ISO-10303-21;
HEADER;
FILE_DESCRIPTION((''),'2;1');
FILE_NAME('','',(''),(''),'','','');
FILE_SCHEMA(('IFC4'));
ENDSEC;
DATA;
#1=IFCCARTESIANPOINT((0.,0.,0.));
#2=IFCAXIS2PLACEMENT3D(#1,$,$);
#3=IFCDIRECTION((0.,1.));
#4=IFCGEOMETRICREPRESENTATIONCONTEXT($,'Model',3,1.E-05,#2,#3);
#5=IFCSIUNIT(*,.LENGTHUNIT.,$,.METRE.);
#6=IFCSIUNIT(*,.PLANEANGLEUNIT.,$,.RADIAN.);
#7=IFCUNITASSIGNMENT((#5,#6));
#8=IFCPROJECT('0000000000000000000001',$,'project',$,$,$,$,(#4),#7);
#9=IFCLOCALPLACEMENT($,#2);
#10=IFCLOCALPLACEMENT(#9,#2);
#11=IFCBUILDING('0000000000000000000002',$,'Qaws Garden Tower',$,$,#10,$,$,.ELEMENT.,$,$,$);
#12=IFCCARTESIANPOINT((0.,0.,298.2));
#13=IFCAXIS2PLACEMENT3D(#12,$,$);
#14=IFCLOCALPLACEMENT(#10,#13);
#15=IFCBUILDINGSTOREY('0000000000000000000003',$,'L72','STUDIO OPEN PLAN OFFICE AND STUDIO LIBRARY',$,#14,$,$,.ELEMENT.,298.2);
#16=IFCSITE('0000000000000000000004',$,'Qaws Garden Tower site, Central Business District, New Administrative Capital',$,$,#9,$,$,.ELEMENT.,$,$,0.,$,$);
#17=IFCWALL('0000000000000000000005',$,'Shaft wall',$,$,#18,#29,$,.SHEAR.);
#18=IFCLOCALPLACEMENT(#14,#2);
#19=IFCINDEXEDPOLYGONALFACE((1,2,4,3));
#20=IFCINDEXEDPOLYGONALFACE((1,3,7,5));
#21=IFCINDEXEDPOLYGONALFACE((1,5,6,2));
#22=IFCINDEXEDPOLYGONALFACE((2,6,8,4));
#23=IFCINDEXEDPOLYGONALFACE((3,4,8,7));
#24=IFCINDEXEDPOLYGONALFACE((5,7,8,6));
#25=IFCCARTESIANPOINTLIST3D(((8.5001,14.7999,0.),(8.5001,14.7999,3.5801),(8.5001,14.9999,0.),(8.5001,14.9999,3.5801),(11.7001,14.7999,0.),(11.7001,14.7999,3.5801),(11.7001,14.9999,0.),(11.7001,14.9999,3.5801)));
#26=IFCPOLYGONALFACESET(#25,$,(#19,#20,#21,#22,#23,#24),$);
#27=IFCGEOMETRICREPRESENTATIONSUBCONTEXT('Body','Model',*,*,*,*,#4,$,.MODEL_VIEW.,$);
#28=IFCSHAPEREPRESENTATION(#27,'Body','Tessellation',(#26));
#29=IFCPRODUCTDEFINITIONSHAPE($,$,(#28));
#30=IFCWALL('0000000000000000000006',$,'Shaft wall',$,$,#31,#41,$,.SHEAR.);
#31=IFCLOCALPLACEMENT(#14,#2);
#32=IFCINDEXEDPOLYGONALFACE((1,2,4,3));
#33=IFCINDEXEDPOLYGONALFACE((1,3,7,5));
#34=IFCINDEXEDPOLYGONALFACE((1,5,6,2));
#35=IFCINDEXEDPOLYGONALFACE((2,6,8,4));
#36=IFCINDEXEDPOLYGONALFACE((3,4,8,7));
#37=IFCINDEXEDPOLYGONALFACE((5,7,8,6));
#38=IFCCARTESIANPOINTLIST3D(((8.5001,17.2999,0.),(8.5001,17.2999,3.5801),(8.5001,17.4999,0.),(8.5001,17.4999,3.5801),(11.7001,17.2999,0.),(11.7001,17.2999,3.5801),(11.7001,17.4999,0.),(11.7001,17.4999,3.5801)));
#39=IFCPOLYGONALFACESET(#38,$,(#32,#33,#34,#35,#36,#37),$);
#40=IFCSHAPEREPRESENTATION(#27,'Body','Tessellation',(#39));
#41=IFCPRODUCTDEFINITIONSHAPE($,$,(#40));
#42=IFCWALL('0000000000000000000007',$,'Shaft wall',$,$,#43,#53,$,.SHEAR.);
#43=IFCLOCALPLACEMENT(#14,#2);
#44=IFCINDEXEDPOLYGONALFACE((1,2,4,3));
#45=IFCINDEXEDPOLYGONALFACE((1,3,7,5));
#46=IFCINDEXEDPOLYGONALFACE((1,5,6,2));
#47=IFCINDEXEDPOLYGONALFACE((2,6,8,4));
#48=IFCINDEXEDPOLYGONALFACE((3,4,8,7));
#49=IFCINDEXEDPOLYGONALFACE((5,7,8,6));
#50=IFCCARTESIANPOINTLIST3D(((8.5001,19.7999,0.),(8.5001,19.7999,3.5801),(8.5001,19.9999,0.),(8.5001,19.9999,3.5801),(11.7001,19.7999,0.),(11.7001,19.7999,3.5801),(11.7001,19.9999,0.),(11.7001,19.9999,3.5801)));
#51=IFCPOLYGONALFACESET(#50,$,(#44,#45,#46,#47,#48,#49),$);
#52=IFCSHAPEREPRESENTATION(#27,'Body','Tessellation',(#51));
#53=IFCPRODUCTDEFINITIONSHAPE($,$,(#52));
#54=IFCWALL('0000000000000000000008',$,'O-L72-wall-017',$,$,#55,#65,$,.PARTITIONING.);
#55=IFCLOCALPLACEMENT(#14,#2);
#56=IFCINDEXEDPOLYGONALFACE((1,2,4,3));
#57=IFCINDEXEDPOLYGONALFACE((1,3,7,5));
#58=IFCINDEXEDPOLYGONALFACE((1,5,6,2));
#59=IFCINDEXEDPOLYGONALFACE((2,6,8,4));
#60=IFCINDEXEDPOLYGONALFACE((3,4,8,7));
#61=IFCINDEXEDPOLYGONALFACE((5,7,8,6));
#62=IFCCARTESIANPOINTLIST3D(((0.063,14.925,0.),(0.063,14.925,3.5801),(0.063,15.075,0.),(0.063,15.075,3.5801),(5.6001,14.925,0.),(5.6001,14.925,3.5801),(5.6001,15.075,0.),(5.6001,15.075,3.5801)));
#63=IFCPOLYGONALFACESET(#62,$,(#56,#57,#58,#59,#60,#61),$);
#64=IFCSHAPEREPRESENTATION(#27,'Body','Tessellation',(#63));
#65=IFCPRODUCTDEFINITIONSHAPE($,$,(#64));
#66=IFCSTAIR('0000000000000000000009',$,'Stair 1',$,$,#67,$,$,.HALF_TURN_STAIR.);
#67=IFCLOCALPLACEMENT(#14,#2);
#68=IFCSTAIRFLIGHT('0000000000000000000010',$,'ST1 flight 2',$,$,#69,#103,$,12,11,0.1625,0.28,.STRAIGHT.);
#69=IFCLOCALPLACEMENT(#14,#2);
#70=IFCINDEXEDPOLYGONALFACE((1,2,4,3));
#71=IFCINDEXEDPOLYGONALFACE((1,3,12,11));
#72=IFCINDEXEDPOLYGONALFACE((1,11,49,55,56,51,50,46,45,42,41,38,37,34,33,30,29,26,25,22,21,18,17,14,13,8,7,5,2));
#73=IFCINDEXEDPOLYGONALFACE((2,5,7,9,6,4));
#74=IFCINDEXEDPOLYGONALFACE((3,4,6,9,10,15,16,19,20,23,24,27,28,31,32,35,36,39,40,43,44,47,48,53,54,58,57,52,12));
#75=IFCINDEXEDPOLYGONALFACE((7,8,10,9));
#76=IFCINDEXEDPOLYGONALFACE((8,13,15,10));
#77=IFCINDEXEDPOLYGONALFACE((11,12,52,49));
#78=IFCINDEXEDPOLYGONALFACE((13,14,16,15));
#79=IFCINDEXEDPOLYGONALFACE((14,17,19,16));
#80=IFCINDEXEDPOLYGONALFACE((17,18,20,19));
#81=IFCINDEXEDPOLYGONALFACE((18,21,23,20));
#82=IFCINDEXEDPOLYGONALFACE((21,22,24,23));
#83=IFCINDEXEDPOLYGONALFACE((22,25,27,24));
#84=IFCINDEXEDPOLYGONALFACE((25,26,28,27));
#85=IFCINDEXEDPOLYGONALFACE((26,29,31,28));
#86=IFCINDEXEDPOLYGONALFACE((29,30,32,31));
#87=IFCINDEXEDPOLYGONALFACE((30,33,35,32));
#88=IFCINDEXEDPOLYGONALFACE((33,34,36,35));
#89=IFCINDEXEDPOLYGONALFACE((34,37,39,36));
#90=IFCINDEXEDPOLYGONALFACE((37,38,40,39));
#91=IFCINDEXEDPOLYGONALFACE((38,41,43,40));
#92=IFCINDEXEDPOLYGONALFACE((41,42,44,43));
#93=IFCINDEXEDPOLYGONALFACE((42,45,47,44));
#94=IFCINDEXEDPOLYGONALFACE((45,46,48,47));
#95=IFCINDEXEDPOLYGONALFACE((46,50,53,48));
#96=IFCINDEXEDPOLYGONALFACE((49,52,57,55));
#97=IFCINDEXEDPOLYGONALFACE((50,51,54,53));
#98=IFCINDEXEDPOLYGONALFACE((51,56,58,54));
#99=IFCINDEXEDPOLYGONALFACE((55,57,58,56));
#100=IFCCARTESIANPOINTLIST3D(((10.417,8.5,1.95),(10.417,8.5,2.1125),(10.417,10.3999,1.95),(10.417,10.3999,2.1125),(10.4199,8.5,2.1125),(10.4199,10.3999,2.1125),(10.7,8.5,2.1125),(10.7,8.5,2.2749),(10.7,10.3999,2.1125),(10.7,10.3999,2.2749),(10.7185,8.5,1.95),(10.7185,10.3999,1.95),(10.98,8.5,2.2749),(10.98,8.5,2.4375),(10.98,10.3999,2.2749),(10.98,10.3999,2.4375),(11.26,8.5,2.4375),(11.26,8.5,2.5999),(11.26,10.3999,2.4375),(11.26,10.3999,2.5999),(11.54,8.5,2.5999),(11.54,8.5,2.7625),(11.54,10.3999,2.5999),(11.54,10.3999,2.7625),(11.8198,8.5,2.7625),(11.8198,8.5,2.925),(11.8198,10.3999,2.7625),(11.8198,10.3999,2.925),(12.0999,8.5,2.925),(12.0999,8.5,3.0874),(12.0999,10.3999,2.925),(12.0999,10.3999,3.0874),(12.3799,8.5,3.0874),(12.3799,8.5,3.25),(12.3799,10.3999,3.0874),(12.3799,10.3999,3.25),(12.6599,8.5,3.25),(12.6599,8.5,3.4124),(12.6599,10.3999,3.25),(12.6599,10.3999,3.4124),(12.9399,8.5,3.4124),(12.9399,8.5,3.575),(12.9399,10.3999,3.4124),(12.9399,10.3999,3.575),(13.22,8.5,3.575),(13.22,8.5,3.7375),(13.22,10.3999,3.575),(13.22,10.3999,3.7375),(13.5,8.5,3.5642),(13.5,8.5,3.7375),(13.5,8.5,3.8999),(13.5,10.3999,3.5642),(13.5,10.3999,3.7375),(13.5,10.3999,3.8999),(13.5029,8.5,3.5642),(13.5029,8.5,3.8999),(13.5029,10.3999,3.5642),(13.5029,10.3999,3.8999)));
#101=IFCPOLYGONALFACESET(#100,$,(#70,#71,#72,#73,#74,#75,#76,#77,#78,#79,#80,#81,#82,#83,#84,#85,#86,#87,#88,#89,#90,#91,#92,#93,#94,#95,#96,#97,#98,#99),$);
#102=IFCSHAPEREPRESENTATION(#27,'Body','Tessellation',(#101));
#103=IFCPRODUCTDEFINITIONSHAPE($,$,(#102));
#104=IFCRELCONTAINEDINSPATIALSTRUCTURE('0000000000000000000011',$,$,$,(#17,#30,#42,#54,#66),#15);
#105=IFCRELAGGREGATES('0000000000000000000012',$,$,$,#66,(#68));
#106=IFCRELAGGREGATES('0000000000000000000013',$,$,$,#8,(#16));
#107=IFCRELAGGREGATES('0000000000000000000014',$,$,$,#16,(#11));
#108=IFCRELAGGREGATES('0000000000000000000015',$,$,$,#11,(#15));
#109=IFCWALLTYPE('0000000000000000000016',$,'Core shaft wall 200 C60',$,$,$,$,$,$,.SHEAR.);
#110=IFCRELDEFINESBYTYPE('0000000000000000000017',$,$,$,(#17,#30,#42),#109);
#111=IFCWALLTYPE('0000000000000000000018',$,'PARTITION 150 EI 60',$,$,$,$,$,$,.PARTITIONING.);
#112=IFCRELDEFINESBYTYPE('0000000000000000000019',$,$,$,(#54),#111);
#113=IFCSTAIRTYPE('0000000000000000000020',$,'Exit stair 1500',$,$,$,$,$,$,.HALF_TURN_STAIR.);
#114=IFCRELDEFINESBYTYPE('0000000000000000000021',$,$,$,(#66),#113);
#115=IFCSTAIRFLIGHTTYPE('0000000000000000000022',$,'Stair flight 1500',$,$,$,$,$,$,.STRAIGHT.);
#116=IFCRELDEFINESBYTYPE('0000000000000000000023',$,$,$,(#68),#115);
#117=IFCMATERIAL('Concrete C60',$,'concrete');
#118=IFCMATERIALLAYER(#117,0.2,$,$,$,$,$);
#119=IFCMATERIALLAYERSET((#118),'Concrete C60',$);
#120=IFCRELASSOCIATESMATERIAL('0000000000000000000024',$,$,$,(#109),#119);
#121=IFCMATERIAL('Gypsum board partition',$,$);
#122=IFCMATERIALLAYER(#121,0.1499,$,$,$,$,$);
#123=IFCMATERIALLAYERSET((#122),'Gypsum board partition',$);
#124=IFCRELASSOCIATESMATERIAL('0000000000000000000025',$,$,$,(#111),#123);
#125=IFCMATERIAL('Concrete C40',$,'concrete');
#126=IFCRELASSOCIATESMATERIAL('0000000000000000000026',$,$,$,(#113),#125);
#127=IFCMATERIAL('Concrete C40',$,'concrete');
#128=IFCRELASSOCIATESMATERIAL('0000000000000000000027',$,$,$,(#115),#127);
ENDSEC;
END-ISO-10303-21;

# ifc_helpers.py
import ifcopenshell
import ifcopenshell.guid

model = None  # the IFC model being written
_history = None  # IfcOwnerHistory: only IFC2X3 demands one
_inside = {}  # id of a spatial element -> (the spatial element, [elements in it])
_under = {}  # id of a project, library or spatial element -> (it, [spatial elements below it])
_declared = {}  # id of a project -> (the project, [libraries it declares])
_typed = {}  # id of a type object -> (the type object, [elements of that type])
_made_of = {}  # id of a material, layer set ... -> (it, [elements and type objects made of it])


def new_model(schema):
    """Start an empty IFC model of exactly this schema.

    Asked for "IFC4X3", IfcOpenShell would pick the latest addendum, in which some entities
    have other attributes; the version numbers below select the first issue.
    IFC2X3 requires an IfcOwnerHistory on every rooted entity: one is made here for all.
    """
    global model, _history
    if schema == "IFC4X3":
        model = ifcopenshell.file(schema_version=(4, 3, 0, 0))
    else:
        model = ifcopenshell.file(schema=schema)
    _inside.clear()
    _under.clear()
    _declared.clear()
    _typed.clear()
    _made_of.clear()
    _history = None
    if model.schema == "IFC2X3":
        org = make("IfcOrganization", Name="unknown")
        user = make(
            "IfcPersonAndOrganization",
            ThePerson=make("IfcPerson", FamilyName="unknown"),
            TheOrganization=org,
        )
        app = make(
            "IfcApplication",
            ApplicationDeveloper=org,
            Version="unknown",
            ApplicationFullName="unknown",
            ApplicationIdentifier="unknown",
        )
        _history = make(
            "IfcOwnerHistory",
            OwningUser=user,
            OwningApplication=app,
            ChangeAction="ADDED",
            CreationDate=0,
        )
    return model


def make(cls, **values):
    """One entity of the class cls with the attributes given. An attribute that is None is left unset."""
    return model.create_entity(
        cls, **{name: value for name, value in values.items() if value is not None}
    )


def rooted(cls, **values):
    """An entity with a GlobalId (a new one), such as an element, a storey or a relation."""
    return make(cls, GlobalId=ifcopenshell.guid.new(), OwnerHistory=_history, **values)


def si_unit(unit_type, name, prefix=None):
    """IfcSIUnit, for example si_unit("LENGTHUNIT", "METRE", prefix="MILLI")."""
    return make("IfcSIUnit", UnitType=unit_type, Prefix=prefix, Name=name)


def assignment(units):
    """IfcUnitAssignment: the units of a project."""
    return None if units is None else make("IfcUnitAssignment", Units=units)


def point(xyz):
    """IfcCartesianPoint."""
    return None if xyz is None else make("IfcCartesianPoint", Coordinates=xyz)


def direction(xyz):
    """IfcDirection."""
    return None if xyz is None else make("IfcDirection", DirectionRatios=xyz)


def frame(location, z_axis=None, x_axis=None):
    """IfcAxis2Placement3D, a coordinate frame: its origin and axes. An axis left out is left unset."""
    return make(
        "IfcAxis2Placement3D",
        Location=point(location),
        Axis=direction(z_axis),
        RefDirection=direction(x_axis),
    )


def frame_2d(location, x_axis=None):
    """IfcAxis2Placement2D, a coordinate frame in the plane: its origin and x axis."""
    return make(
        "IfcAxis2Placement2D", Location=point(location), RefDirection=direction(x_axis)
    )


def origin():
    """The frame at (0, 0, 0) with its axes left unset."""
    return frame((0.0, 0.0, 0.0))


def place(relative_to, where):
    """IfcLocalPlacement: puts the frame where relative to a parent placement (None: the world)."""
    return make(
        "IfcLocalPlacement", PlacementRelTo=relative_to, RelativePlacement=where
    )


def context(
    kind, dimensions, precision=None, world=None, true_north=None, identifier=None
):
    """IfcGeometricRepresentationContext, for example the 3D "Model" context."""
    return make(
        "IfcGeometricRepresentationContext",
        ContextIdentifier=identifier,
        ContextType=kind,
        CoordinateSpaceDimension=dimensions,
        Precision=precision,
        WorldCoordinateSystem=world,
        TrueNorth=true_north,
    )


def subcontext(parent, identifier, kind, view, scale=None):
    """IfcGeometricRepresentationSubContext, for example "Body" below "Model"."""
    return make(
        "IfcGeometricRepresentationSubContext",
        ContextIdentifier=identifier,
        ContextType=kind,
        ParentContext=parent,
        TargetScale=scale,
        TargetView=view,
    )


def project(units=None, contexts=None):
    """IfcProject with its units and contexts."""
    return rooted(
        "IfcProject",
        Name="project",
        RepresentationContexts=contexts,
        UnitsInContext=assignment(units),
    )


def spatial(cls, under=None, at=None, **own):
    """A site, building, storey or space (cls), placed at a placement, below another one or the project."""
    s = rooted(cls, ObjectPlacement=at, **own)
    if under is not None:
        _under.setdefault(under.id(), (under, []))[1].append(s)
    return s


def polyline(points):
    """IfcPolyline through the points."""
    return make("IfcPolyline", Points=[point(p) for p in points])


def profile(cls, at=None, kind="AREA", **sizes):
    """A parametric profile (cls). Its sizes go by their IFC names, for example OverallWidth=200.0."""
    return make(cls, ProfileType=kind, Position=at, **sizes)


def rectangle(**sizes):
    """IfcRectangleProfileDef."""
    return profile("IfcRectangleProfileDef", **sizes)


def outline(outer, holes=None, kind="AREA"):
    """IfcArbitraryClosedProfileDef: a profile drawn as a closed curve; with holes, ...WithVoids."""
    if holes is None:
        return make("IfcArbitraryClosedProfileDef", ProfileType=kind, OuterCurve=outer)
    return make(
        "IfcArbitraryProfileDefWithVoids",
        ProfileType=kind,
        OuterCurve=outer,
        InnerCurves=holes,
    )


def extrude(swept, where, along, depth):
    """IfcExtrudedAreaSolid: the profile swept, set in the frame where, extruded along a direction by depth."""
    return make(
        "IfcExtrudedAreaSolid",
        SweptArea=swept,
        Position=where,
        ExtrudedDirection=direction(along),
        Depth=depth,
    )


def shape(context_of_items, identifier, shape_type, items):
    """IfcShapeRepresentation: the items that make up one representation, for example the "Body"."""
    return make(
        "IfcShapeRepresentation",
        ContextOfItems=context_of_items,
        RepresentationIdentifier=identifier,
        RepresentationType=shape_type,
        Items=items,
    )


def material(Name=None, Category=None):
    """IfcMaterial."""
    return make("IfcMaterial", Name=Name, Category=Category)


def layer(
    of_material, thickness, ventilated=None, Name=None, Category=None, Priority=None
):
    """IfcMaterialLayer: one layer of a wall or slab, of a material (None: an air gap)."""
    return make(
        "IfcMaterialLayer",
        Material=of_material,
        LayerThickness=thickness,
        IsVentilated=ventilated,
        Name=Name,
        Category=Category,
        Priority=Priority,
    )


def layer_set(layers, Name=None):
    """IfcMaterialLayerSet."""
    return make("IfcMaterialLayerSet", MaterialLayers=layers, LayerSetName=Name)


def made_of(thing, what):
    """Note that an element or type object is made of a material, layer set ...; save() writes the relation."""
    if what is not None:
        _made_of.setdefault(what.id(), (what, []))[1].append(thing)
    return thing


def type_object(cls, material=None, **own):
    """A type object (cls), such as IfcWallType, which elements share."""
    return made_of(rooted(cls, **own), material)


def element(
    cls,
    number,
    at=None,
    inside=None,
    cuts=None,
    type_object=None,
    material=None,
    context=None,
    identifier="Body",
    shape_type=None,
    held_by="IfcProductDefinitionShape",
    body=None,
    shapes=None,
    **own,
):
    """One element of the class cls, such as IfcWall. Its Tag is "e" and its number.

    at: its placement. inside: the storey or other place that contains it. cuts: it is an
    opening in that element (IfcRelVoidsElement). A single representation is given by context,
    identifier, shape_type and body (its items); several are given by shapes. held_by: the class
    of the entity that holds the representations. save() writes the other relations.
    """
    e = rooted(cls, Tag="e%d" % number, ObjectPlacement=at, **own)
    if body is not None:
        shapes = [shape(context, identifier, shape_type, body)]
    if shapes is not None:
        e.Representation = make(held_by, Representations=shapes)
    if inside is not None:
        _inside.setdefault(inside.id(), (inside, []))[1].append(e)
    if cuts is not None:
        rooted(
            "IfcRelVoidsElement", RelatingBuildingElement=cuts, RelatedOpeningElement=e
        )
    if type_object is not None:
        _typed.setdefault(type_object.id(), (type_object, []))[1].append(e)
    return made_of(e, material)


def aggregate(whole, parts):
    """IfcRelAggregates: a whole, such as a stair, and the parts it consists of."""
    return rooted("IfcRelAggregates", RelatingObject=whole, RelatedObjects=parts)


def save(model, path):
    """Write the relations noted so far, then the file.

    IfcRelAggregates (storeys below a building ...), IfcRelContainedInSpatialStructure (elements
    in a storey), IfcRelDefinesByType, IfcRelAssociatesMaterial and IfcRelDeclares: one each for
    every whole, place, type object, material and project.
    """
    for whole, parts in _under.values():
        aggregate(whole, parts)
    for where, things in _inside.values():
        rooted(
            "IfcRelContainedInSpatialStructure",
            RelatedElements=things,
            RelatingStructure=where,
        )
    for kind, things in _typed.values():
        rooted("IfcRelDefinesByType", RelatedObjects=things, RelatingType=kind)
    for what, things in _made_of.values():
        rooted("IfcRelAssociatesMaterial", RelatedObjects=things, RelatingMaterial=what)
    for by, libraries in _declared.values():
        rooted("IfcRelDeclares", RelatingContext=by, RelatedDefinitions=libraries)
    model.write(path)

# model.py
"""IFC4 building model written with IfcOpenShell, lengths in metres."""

from ifc_helpers import new_model, si_unit, direction, frame, frame_2d, origin, place, context, subcontext, project, spatial, polyline, rectangle, outline, extrude, material, layer, layer_set, type_object, element, aggregate, save


model = new_model("IFC4")

# Units and contexts
model_context = context("Model", 3, precision=1e-05, world=origin(), true_north=direction((0.0, 1.0)))
body_context = subcontext(model_context, "Body", "Model", "MODEL_VIEW")
ifc_project = project(units=[si_unit("LENGTHUNIT", "METRE"), si_unit("PLANEANGLEUNIT", "RADIAN")], contexts=[model_context])

# Site, building, storey
site_placement = place(None, origin())
site = spatial("IfcSite", under=ifc_project, at=site_placement, Name="Qaws Garden Tower site, Central Business District, New Administrative Capital", CompositionType="ELEMENT", RefElevation=0.0)
building_placement = place(site_placement, origin())
building = spatial("IfcBuilding", under=site, at=building_placement, Name="Qaws Garden Tower", CompositionType="ELEMENT")
storey_placement = place(building_placement, frame((0.0, 0.0, 298.2)))
storey = spatial("IfcBuildingStorey", under=building, at=storey_placement, Name="L72", Description="STUDIO OPEN PLAN OFFICE AND STUDIO LIBRARY", CompositionType="ELEMENT", Elevation=298.2)

# Walls
ifc_material_1 = material(Name="Concrete C60", Category="concrete")
ifc_layer_1 = layer(ifc_material_1, 0.2)
ifc_layer_set_1 = layer_set([ifc_layer_1], Name="Concrete C60")
wall_type_1 = type_object("IfcWallType", Name="Core shaft wall 200 C60", PredefinedType="SHEAR", material=ifc_layer_set_1)
for number, where, z_axis, x_axis, name in (
    (1, (8.5, 14.8999, 0.0), (0.0, 0.0, 1.0), (1.0, 0.0, 0.0), "Shaft wall"),
    (2, (8.5, 17.3999, 0.0), (0.0, 0.0, 1.0), (1.0, 0.0, 0.0), "Shaft wall"),
    (3, (8.5, 19.8999, 0.0), (0.0, 0.0, 1.0), (1.0, 0.0, 0.0), "Shaft wall"),
):
    element("IfcWall", number, at=place(storey_placement, frame(where, z_axis=z_axis, x_axis=x_axis)), inside=storey, type_object=wall_type_1, Name=name, PredefinedType="SHEAR", context=body_context, shape_type="SweptSolid", body=[
        extrude(rectangle(XDim=3.2, YDim=0.2, at=frame_2d((1.6001, 0.0))), origin(), (0.0, 0.0, 1.0), 3.5801),
    ])
ifc_material_2 = material(Name="Gypsum board partition")
ifc_layer_2 = layer(ifc_material_2, 0.1499)
ifc_layer_set_2 = layer_set([ifc_layer_2], Name="Gypsum board partition")
wall_type_2 = type_object("IfcWallType", Name="PARTITION 150 EI 60", PredefinedType="PARTITIONING", material=ifc_layer_set_2)
wall_1_placement = place(storey_placement, frame((0.063, 15.0, 0.0), z_axis=(0.0, 0.0, 1.0), x_axis=(1.0, 0.0, 0.0)))
element("IfcWall", 4, at=wall_1_placement, inside=storey, type_object=wall_type_2, Name="O-L72-wall-017", PredefinedType="PARTITIONING", context=body_context, shape_type="SweptSolid", body=[
    extrude(rectangle(XDim=5.5371, YDim=0.1499, at=frame_2d((2.7686, 0.0))), origin(), (0.0, 0.0, 1.0), 3.5801),
])

# Stair, stair flight
ifc_material_3 = material(Name="Concrete C40", Category="concrete")
stair_type = type_object("IfcStairType", Name="Exit stair 1500", PredefinedType="HALF_TURN_STAIR", material=ifc_material_3)
stair_placement = place(storey_placement, origin())
stair = element("IfcStair", 5, at=stair_placement, inside=storey, type_object=stair_type, Name="Stair 1", PredefinedType="HALF_TURN_STAIR")
ifc_material_4 = material(Name="Concrete C40", Category="concrete")
stair_flight_type = type_object("IfcStairFlightType", Name="Stair flight 1500", PredefinedType="STRAIGHT", material=ifc_material_4)
stair_flight_placement = place(storey_placement, frame((10.4199, 9.45, 1.95), z_axis=(0.0, 0.0, 1.0), x_axis=(1.0, 0.0, 0.0)))
stair_flight = element("IfcStairFlight", 6, at=stair_flight_placement, type_object=stair_flight_type, Name="ST1 flight 2", NumberOfRisers=12, NumberOfTreads=11, PredefinedType="STRAIGHT", RiserHeight=0.1625, TreadLength=0.28, context=body_context, shape_type="SweptSolid", body=[
    extrude(outline(polyline([(-0.0029, 0.0), (-0.0029, 0.1626), (0.0, 0.1626), (0.28, 0.1626), (0.28, 0.325), (0.5601, 0.325), (0.5601, 0.4875), (0.8401, 0.4875), (0.8401, 0.6499), (1.1201, 0.6499), (1.1201, 0.8125), (1.3999, 0.8125), (1.3999, 0.9751), (1.6799, 0.9751), (1.6799, 1.1375), (1.96, 1.1375), (1.96, 1.3), (2.24, 1.3), (2.24, 1.4624), (2.52, 1.4624), (2.52, 1.625), (2.8, 1.625), (2.8, 1.7876), (3.0801, 1.7876), (3.0801, 1.95), (3.083, 1.95), (3.083, 1.6143), (3.0801, 1.6143), (0.2986, 0.0), (-0.0029, 0.0)])), frame((0.0, 0.95, 0.0), z_axis=(0.0, -1.0, 0.0), x_axis=(1.0, 0.0, 0.0)), (0.0, 0.0, 1.0), 1.8999),
])
aggregate(stair, [stair_flight])

save(model, "model.ifc")
